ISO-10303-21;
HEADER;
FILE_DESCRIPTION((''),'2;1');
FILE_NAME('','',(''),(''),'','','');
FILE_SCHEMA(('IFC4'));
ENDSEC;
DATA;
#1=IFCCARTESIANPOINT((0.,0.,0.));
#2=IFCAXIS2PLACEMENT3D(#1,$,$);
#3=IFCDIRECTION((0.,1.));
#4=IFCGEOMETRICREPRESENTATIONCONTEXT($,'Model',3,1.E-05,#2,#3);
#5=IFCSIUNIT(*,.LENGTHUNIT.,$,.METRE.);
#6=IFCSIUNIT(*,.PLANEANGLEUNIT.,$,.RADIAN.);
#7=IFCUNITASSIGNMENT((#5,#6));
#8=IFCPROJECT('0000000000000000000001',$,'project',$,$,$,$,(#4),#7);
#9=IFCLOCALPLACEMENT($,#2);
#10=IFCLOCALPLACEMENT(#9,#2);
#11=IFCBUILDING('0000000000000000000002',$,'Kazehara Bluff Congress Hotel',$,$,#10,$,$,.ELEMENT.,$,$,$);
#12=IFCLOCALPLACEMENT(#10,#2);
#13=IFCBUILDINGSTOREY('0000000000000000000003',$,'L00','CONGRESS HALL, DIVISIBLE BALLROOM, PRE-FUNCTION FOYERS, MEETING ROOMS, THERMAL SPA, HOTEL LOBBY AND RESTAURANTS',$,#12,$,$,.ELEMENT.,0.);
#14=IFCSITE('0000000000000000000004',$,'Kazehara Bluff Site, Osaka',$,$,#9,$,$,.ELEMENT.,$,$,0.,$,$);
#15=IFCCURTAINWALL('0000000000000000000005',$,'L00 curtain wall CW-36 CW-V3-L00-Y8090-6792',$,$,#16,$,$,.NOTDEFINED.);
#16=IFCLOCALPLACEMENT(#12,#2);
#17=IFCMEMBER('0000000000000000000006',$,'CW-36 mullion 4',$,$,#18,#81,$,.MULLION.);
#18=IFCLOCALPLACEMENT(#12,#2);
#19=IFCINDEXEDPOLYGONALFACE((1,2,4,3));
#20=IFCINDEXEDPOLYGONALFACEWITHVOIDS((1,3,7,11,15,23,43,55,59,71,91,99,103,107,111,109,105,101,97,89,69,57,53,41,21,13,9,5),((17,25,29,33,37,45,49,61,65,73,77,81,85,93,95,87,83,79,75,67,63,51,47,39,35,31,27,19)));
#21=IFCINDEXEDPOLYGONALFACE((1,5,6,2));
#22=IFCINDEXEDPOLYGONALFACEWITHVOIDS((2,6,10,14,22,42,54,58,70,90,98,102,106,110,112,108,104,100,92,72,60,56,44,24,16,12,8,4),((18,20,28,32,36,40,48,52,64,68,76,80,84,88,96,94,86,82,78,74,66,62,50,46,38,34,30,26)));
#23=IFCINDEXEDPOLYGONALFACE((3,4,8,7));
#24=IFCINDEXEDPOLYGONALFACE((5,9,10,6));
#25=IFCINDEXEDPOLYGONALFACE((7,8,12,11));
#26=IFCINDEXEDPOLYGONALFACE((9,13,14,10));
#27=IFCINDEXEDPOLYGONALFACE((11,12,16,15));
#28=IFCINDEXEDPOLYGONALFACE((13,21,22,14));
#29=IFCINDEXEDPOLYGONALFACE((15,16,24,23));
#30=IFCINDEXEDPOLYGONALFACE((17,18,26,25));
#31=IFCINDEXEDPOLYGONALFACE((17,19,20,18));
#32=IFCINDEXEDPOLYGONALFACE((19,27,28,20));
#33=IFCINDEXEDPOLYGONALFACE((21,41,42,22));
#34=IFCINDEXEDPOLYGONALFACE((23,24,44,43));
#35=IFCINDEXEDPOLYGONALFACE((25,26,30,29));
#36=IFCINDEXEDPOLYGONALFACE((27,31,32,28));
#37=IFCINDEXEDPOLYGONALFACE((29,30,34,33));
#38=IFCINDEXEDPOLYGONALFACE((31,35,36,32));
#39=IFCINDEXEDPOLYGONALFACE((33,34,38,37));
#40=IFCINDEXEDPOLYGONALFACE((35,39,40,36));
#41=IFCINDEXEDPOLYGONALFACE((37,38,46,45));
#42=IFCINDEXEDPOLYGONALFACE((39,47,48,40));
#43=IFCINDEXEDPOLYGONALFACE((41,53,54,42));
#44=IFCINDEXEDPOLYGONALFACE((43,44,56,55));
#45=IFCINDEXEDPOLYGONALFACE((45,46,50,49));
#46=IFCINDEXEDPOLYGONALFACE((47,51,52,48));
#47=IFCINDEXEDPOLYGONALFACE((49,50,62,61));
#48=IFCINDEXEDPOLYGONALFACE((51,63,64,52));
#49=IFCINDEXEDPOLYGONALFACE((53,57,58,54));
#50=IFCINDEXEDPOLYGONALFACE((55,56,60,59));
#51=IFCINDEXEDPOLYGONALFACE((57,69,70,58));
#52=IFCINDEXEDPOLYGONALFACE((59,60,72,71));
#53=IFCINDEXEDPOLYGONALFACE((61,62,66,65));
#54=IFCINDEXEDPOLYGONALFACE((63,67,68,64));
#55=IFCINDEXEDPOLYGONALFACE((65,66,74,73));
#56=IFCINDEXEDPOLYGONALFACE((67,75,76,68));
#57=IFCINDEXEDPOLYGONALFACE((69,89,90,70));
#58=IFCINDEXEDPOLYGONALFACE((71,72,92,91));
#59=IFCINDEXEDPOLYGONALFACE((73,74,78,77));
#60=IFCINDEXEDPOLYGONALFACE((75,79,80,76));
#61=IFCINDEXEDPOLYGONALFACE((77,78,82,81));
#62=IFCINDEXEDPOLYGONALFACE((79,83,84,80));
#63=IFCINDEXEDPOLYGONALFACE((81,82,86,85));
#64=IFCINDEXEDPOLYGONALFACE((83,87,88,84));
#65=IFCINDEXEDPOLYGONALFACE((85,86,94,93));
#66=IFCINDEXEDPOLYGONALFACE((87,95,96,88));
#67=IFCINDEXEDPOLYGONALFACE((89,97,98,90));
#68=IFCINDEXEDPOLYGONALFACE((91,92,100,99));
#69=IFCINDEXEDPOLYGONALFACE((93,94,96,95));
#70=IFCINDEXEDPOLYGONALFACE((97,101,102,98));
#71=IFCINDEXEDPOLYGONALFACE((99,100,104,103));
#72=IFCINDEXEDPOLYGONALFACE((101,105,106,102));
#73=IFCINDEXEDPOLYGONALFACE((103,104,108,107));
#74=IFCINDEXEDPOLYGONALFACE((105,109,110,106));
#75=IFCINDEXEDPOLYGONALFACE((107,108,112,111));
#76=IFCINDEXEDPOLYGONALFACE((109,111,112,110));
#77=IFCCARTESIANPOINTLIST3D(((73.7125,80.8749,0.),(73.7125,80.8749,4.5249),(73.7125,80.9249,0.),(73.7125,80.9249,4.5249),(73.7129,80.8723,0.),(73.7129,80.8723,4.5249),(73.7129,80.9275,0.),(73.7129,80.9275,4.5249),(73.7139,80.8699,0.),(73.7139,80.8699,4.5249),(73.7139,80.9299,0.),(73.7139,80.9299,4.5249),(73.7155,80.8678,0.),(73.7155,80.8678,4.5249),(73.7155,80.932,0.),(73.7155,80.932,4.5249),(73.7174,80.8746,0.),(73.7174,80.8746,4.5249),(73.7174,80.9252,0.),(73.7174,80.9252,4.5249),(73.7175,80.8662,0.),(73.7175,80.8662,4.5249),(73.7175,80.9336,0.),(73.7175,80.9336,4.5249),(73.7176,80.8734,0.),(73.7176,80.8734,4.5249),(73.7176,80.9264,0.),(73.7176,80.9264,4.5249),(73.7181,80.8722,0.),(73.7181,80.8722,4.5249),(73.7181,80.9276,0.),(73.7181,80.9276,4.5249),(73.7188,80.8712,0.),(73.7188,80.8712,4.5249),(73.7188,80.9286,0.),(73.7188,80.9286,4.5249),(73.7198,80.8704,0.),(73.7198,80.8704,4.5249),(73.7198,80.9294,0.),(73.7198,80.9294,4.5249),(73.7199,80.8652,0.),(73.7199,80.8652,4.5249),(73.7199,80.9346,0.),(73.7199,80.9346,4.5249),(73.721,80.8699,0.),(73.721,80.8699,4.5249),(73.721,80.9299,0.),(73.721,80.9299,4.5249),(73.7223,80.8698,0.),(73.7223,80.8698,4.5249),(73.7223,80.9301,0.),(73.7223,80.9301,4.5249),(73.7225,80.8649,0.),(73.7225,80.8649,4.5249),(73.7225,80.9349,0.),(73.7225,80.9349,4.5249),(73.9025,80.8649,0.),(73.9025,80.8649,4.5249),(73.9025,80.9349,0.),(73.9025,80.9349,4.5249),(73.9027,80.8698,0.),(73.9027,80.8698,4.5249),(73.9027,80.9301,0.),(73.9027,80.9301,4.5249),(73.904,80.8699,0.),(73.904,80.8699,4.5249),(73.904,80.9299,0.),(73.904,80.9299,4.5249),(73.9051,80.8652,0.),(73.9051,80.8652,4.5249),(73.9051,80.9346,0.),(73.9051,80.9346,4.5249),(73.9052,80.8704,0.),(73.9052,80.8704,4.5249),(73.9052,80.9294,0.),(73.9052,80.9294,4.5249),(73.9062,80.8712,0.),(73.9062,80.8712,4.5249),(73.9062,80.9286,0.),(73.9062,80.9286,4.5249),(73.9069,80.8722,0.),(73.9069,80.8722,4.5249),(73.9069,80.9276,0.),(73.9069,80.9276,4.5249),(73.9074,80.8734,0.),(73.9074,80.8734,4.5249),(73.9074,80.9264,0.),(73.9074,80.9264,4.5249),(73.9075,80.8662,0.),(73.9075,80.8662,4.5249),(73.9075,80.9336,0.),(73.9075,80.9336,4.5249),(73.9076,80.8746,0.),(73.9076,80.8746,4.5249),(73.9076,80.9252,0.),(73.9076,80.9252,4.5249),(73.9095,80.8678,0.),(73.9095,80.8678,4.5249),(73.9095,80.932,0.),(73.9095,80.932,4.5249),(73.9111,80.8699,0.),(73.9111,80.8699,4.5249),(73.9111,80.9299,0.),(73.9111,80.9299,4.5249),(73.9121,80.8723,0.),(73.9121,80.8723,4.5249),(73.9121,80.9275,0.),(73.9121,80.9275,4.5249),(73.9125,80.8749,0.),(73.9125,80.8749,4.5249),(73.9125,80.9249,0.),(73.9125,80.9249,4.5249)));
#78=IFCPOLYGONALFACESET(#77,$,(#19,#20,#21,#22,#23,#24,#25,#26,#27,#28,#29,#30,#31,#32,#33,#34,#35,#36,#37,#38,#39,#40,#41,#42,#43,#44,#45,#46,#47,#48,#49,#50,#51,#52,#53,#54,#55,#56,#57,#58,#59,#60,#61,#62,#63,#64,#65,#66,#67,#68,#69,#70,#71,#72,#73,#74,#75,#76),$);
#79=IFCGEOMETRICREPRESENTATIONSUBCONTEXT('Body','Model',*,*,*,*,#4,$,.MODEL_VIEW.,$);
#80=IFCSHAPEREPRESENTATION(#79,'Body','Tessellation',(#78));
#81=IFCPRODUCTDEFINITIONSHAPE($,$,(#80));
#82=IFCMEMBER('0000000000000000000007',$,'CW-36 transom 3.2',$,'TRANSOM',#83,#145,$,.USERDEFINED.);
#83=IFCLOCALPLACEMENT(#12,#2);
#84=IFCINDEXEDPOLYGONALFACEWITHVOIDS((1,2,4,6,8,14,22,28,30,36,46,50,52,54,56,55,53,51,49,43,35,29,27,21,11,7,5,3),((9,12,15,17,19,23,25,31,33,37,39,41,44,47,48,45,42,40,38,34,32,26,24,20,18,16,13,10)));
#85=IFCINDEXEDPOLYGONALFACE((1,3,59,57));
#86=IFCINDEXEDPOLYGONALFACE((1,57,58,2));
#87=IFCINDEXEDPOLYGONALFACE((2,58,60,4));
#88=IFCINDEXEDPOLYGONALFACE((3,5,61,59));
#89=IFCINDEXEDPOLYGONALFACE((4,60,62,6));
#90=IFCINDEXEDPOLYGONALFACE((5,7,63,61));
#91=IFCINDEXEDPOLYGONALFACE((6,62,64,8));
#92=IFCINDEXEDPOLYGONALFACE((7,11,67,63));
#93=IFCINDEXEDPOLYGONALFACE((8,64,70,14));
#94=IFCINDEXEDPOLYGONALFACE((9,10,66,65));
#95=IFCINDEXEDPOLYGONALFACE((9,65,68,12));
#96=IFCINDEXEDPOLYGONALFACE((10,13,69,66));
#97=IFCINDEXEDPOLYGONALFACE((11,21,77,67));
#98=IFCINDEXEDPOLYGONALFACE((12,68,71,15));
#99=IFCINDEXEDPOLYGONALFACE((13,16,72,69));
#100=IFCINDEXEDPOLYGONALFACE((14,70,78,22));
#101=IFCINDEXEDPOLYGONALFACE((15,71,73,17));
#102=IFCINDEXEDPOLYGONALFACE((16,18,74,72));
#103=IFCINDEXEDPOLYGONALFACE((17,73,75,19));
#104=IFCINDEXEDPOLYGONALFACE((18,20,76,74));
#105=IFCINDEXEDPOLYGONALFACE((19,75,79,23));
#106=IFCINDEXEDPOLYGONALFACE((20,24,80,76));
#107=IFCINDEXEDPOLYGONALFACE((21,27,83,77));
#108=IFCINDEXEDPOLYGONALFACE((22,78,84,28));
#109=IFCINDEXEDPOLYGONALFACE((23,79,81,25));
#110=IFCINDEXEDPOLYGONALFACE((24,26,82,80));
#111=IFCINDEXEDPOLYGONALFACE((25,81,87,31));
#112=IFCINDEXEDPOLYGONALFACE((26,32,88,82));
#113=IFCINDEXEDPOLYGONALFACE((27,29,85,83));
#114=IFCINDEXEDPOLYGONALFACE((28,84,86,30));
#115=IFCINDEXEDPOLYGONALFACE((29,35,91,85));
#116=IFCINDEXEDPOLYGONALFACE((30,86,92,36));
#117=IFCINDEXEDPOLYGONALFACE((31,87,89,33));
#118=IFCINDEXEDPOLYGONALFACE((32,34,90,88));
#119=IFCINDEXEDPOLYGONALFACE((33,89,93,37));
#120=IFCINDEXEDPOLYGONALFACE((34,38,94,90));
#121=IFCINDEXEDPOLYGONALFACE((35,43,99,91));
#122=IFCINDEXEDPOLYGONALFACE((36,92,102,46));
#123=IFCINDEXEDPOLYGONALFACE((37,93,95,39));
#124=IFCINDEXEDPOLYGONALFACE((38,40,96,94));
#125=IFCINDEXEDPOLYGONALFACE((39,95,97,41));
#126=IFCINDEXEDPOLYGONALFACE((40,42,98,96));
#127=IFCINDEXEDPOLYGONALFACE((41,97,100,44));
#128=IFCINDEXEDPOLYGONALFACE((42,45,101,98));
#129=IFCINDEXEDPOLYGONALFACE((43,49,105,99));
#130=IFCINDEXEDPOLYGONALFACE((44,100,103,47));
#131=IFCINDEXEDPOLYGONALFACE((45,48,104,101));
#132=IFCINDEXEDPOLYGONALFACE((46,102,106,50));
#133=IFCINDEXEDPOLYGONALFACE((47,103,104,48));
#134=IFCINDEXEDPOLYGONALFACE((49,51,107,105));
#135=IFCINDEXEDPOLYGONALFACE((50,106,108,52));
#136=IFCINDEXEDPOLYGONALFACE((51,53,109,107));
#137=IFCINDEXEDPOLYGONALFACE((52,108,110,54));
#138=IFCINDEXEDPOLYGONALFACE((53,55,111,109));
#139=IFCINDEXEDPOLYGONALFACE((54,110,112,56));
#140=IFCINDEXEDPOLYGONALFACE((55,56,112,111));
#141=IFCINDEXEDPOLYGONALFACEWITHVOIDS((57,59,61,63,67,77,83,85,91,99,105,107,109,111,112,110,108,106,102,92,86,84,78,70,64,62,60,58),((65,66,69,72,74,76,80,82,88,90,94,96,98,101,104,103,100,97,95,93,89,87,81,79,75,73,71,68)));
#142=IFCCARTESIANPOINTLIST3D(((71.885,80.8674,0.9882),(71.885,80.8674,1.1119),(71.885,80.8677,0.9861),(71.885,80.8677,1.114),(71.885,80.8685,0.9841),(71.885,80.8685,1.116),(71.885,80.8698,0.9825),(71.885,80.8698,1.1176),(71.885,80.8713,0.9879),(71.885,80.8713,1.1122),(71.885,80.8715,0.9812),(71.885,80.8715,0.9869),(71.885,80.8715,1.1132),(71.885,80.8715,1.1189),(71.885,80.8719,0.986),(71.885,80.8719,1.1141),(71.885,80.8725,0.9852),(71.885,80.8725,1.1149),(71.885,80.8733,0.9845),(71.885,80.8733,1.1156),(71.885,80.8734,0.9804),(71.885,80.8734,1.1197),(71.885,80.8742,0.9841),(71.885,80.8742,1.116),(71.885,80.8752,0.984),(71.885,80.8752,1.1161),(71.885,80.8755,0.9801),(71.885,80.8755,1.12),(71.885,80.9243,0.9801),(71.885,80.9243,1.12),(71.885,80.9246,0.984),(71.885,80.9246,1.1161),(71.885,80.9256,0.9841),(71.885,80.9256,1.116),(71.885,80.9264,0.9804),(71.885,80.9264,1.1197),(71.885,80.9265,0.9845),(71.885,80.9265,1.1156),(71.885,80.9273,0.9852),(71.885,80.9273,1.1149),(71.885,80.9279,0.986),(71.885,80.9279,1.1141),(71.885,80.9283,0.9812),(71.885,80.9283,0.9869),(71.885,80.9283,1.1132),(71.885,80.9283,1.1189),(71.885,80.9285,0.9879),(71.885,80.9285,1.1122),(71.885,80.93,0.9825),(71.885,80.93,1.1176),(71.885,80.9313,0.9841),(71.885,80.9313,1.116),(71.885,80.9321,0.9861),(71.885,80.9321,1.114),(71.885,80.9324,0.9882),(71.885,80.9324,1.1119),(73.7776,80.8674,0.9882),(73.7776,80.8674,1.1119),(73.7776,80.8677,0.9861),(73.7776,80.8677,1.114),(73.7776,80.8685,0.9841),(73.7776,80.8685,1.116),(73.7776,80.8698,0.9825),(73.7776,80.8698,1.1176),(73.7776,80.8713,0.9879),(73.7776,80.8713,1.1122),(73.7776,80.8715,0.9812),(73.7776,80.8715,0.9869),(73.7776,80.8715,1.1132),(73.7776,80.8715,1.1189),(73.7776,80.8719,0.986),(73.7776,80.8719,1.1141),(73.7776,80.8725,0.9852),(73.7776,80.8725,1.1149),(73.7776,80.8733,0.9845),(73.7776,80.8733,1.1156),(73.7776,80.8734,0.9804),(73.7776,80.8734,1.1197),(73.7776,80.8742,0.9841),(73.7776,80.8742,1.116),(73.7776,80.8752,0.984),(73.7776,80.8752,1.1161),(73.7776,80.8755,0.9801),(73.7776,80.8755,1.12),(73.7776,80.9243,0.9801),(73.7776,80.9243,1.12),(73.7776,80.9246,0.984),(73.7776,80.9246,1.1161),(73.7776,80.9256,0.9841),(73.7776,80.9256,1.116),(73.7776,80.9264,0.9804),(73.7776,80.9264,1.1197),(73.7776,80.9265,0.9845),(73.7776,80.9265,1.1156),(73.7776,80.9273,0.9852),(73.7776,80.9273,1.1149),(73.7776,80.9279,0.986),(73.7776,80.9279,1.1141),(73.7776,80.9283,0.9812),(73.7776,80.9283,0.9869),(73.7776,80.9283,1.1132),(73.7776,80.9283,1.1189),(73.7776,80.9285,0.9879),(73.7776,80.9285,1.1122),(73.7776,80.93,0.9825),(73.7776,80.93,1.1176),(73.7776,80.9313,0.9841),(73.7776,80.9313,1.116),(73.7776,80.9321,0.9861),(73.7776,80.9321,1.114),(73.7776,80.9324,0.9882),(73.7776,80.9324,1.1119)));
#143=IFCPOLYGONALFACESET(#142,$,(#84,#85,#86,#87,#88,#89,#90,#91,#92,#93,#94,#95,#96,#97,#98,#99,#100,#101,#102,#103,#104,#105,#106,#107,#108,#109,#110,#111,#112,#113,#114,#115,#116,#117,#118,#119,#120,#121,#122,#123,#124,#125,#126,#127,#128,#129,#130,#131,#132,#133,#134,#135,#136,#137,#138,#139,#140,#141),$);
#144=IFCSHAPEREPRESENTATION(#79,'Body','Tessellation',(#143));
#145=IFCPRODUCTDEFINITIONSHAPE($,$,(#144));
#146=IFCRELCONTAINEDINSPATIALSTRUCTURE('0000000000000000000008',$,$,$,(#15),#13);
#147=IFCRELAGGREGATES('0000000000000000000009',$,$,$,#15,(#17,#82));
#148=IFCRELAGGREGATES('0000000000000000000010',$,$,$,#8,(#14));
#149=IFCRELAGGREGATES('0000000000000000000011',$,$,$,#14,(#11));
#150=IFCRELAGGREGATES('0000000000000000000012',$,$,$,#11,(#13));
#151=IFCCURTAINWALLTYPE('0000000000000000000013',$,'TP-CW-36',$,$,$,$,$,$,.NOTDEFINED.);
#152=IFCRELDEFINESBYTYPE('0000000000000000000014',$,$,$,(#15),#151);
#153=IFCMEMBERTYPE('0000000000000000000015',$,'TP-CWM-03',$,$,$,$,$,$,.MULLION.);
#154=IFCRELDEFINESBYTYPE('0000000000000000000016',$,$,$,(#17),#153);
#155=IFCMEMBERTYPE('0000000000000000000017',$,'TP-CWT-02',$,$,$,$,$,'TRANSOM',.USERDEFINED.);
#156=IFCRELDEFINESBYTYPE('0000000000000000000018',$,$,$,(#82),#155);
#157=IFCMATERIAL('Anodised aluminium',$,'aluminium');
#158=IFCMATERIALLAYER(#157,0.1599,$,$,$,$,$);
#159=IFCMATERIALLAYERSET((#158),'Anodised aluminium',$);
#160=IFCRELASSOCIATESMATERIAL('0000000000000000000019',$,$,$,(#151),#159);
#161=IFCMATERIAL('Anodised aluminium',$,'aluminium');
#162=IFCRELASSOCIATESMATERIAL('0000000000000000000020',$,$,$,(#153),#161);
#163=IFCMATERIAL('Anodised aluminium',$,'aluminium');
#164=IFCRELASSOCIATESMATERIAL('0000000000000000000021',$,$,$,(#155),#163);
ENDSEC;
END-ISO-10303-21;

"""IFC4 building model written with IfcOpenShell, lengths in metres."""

from ifc_helpers import new_model, si_unit, direction, frame, origin, origin_2d, place, context, subcontext, project, spatial, hollow_rectangle, extrude, material, layer, layer_set, material_profile, profile_set, type_object, element, aggregate, save


model = new_model("IFC4")

# Units and contexts
model_context = context("Model", 3, precision=1e-05, world=origin(), true_north=direction((0.0, 1.0)))
body_context = subcontext(model_context, "Body", "Model", "MODEL_VIEW")
ifc_project = project(units=[si_unit("LENGTHUNIT", "METRE"), si_unit("PLANEANGLEUNIT", "RADIAN")], contexts=[model_context])

# Site, building, storey
site_placement = place(None, origin())
site = spatial("IfcSite", under=ifc_project, at=site_placement, Name="Kazehara Bluff Site, Osaka", CompositionType="ELEMENT", RefElevation=0.0)
building_placement = place(site_placement, origin())
building = spatial("IfcBuilding", under=site, at=building_placement, Name="Kazehara Bluff Congress Hotel", CompositionType="ELEMENT")
storey_placement = place(building_placement, origin())
storey = spatial("IfcBuildingStorey", under=building, at=storey_placement, Name="L00", Description="CONGRESS HALL, DIVISIBLE BALLROOM, PRE-FUNCTION FOYERS, MEETING ROOMS, THERMAL SPA, HOTEL LOBBY AND RESTAURANTS", CompositionType="ELEMENT", Elevation=0.0)

# Curtain wall, members
ifc_material_1 = material(Name="Anodised aluminium", Category="aluminium")
ifc_layer_1 = layer(ifc_material_1, 0.1599)
ifc_layer_set_1 = layer_set([ifc_layer_1], Name="Anodised aluminium")
curtain_wall_type = type_object("IfcCurtainWallType", Name="TP-CW-36", PredefinedType="NOTDEFINED", material=ifc_layer_set_1)
curtain_wall_placement = place(storey_placement, origin())
curtain_wall = element("IfcCurtainWall", 1, at=curtain_wall_placement, inside=storey, type_object=curtain_wall_type, Name="L00 curtain wall CW-36 CW-V3-L00-Y8090-6792", PredefinedType="NOTDEFINED")
ifc_material_2 = material(Name="Anodised aluminium", Category="aluminium")
ifc_material_profile_1 = material_profile(ifc_material_2, hollow_rectangle(XDim=0.0701, YDim=0.2, WallThickness=0.0049, InnerFilletRadius=0.0049, OuterFilletRadius=0.01, at=origin_2d()))
ifc_profile_set_1 = profile_set([ifc_material_profile_1], Name="Anodised aluminium")
member_type_1 = type_object("IfcMemberType", Name="TP-CWM-03", PredefinedType="MULLION", material=ifc_profile_set_1)
member_1_placement = place(storey_placement, frame((73.8125, 80.8999, 0.0), z_axis=(0.0, 0.0, 1.0), x_axis=(0.0, 1.0, 0.0)))
member_1 = element("IfcMember", 2, at=member_1_placement, type_object=member_type_1, Name="CW-36 mullion 4", PredefinedType="MULLION", context=body_context, shape_type="SweptSolid", body=[
    extrude(hollow_rectangle(XDim=0.0701, YDim=0.2, WallThickness=0.0049, InnerFilletRadius=0.0049, OuterFilletRadius=0.01, at=origin_2d()), origin(), (0.0, 0.0, 1.0), 4.5249),
])
ifc_material_3 = material(Name="Anodised aluminium", Category="aluminium")
ifc_material_profile_2 = material_profile(ifc_material_3, hollow_rectangle(XDim=0.0649, YDim=0.1399, WallThickness=0.0039, InnerFilletRadius=0.0039, OuterFilletRadius=0.0081, at=origin_2d()))
ifc_profile_set_2 = profile_set([ifc_material_profile_2], Name="Anodised aluminium")
member_type_2 = type_object("IfcMemberType", Name="TP-CWT-02", ElementType="TRANSOM", PredefinedType="USERDEFINED", material=ifc_profile_set_2)
member_2_placement = place(storey_placement, frame((71.885, 80.8999, 1.05), z_axis=(1.0, 0.0, 0.0), x_axis=(0.0, 1.0, 0.0)))
member_2 = element("IfcMember", 3, at=member_2_placement, type_object=member_type_2, Name="CW-36 transom 3.2", ObjectType="TRANSOM", PredefinedType="USERDEFINED", context=body_context, shape_type="SweptSolid", body=[
    extrude(hollow_rectangle(XDim=0.0649, YDim=0.1399, WallThickness=0.0039, InnerFilletRadius=0.0039, OuterFilletRadius=0.0081, at=origin_2d()), origin(), (0.0, 0.0, 1.0), 1.8926),
])
aggregate(curtain_wall, [member_1, member_2])

save(model, "model.ifc")
